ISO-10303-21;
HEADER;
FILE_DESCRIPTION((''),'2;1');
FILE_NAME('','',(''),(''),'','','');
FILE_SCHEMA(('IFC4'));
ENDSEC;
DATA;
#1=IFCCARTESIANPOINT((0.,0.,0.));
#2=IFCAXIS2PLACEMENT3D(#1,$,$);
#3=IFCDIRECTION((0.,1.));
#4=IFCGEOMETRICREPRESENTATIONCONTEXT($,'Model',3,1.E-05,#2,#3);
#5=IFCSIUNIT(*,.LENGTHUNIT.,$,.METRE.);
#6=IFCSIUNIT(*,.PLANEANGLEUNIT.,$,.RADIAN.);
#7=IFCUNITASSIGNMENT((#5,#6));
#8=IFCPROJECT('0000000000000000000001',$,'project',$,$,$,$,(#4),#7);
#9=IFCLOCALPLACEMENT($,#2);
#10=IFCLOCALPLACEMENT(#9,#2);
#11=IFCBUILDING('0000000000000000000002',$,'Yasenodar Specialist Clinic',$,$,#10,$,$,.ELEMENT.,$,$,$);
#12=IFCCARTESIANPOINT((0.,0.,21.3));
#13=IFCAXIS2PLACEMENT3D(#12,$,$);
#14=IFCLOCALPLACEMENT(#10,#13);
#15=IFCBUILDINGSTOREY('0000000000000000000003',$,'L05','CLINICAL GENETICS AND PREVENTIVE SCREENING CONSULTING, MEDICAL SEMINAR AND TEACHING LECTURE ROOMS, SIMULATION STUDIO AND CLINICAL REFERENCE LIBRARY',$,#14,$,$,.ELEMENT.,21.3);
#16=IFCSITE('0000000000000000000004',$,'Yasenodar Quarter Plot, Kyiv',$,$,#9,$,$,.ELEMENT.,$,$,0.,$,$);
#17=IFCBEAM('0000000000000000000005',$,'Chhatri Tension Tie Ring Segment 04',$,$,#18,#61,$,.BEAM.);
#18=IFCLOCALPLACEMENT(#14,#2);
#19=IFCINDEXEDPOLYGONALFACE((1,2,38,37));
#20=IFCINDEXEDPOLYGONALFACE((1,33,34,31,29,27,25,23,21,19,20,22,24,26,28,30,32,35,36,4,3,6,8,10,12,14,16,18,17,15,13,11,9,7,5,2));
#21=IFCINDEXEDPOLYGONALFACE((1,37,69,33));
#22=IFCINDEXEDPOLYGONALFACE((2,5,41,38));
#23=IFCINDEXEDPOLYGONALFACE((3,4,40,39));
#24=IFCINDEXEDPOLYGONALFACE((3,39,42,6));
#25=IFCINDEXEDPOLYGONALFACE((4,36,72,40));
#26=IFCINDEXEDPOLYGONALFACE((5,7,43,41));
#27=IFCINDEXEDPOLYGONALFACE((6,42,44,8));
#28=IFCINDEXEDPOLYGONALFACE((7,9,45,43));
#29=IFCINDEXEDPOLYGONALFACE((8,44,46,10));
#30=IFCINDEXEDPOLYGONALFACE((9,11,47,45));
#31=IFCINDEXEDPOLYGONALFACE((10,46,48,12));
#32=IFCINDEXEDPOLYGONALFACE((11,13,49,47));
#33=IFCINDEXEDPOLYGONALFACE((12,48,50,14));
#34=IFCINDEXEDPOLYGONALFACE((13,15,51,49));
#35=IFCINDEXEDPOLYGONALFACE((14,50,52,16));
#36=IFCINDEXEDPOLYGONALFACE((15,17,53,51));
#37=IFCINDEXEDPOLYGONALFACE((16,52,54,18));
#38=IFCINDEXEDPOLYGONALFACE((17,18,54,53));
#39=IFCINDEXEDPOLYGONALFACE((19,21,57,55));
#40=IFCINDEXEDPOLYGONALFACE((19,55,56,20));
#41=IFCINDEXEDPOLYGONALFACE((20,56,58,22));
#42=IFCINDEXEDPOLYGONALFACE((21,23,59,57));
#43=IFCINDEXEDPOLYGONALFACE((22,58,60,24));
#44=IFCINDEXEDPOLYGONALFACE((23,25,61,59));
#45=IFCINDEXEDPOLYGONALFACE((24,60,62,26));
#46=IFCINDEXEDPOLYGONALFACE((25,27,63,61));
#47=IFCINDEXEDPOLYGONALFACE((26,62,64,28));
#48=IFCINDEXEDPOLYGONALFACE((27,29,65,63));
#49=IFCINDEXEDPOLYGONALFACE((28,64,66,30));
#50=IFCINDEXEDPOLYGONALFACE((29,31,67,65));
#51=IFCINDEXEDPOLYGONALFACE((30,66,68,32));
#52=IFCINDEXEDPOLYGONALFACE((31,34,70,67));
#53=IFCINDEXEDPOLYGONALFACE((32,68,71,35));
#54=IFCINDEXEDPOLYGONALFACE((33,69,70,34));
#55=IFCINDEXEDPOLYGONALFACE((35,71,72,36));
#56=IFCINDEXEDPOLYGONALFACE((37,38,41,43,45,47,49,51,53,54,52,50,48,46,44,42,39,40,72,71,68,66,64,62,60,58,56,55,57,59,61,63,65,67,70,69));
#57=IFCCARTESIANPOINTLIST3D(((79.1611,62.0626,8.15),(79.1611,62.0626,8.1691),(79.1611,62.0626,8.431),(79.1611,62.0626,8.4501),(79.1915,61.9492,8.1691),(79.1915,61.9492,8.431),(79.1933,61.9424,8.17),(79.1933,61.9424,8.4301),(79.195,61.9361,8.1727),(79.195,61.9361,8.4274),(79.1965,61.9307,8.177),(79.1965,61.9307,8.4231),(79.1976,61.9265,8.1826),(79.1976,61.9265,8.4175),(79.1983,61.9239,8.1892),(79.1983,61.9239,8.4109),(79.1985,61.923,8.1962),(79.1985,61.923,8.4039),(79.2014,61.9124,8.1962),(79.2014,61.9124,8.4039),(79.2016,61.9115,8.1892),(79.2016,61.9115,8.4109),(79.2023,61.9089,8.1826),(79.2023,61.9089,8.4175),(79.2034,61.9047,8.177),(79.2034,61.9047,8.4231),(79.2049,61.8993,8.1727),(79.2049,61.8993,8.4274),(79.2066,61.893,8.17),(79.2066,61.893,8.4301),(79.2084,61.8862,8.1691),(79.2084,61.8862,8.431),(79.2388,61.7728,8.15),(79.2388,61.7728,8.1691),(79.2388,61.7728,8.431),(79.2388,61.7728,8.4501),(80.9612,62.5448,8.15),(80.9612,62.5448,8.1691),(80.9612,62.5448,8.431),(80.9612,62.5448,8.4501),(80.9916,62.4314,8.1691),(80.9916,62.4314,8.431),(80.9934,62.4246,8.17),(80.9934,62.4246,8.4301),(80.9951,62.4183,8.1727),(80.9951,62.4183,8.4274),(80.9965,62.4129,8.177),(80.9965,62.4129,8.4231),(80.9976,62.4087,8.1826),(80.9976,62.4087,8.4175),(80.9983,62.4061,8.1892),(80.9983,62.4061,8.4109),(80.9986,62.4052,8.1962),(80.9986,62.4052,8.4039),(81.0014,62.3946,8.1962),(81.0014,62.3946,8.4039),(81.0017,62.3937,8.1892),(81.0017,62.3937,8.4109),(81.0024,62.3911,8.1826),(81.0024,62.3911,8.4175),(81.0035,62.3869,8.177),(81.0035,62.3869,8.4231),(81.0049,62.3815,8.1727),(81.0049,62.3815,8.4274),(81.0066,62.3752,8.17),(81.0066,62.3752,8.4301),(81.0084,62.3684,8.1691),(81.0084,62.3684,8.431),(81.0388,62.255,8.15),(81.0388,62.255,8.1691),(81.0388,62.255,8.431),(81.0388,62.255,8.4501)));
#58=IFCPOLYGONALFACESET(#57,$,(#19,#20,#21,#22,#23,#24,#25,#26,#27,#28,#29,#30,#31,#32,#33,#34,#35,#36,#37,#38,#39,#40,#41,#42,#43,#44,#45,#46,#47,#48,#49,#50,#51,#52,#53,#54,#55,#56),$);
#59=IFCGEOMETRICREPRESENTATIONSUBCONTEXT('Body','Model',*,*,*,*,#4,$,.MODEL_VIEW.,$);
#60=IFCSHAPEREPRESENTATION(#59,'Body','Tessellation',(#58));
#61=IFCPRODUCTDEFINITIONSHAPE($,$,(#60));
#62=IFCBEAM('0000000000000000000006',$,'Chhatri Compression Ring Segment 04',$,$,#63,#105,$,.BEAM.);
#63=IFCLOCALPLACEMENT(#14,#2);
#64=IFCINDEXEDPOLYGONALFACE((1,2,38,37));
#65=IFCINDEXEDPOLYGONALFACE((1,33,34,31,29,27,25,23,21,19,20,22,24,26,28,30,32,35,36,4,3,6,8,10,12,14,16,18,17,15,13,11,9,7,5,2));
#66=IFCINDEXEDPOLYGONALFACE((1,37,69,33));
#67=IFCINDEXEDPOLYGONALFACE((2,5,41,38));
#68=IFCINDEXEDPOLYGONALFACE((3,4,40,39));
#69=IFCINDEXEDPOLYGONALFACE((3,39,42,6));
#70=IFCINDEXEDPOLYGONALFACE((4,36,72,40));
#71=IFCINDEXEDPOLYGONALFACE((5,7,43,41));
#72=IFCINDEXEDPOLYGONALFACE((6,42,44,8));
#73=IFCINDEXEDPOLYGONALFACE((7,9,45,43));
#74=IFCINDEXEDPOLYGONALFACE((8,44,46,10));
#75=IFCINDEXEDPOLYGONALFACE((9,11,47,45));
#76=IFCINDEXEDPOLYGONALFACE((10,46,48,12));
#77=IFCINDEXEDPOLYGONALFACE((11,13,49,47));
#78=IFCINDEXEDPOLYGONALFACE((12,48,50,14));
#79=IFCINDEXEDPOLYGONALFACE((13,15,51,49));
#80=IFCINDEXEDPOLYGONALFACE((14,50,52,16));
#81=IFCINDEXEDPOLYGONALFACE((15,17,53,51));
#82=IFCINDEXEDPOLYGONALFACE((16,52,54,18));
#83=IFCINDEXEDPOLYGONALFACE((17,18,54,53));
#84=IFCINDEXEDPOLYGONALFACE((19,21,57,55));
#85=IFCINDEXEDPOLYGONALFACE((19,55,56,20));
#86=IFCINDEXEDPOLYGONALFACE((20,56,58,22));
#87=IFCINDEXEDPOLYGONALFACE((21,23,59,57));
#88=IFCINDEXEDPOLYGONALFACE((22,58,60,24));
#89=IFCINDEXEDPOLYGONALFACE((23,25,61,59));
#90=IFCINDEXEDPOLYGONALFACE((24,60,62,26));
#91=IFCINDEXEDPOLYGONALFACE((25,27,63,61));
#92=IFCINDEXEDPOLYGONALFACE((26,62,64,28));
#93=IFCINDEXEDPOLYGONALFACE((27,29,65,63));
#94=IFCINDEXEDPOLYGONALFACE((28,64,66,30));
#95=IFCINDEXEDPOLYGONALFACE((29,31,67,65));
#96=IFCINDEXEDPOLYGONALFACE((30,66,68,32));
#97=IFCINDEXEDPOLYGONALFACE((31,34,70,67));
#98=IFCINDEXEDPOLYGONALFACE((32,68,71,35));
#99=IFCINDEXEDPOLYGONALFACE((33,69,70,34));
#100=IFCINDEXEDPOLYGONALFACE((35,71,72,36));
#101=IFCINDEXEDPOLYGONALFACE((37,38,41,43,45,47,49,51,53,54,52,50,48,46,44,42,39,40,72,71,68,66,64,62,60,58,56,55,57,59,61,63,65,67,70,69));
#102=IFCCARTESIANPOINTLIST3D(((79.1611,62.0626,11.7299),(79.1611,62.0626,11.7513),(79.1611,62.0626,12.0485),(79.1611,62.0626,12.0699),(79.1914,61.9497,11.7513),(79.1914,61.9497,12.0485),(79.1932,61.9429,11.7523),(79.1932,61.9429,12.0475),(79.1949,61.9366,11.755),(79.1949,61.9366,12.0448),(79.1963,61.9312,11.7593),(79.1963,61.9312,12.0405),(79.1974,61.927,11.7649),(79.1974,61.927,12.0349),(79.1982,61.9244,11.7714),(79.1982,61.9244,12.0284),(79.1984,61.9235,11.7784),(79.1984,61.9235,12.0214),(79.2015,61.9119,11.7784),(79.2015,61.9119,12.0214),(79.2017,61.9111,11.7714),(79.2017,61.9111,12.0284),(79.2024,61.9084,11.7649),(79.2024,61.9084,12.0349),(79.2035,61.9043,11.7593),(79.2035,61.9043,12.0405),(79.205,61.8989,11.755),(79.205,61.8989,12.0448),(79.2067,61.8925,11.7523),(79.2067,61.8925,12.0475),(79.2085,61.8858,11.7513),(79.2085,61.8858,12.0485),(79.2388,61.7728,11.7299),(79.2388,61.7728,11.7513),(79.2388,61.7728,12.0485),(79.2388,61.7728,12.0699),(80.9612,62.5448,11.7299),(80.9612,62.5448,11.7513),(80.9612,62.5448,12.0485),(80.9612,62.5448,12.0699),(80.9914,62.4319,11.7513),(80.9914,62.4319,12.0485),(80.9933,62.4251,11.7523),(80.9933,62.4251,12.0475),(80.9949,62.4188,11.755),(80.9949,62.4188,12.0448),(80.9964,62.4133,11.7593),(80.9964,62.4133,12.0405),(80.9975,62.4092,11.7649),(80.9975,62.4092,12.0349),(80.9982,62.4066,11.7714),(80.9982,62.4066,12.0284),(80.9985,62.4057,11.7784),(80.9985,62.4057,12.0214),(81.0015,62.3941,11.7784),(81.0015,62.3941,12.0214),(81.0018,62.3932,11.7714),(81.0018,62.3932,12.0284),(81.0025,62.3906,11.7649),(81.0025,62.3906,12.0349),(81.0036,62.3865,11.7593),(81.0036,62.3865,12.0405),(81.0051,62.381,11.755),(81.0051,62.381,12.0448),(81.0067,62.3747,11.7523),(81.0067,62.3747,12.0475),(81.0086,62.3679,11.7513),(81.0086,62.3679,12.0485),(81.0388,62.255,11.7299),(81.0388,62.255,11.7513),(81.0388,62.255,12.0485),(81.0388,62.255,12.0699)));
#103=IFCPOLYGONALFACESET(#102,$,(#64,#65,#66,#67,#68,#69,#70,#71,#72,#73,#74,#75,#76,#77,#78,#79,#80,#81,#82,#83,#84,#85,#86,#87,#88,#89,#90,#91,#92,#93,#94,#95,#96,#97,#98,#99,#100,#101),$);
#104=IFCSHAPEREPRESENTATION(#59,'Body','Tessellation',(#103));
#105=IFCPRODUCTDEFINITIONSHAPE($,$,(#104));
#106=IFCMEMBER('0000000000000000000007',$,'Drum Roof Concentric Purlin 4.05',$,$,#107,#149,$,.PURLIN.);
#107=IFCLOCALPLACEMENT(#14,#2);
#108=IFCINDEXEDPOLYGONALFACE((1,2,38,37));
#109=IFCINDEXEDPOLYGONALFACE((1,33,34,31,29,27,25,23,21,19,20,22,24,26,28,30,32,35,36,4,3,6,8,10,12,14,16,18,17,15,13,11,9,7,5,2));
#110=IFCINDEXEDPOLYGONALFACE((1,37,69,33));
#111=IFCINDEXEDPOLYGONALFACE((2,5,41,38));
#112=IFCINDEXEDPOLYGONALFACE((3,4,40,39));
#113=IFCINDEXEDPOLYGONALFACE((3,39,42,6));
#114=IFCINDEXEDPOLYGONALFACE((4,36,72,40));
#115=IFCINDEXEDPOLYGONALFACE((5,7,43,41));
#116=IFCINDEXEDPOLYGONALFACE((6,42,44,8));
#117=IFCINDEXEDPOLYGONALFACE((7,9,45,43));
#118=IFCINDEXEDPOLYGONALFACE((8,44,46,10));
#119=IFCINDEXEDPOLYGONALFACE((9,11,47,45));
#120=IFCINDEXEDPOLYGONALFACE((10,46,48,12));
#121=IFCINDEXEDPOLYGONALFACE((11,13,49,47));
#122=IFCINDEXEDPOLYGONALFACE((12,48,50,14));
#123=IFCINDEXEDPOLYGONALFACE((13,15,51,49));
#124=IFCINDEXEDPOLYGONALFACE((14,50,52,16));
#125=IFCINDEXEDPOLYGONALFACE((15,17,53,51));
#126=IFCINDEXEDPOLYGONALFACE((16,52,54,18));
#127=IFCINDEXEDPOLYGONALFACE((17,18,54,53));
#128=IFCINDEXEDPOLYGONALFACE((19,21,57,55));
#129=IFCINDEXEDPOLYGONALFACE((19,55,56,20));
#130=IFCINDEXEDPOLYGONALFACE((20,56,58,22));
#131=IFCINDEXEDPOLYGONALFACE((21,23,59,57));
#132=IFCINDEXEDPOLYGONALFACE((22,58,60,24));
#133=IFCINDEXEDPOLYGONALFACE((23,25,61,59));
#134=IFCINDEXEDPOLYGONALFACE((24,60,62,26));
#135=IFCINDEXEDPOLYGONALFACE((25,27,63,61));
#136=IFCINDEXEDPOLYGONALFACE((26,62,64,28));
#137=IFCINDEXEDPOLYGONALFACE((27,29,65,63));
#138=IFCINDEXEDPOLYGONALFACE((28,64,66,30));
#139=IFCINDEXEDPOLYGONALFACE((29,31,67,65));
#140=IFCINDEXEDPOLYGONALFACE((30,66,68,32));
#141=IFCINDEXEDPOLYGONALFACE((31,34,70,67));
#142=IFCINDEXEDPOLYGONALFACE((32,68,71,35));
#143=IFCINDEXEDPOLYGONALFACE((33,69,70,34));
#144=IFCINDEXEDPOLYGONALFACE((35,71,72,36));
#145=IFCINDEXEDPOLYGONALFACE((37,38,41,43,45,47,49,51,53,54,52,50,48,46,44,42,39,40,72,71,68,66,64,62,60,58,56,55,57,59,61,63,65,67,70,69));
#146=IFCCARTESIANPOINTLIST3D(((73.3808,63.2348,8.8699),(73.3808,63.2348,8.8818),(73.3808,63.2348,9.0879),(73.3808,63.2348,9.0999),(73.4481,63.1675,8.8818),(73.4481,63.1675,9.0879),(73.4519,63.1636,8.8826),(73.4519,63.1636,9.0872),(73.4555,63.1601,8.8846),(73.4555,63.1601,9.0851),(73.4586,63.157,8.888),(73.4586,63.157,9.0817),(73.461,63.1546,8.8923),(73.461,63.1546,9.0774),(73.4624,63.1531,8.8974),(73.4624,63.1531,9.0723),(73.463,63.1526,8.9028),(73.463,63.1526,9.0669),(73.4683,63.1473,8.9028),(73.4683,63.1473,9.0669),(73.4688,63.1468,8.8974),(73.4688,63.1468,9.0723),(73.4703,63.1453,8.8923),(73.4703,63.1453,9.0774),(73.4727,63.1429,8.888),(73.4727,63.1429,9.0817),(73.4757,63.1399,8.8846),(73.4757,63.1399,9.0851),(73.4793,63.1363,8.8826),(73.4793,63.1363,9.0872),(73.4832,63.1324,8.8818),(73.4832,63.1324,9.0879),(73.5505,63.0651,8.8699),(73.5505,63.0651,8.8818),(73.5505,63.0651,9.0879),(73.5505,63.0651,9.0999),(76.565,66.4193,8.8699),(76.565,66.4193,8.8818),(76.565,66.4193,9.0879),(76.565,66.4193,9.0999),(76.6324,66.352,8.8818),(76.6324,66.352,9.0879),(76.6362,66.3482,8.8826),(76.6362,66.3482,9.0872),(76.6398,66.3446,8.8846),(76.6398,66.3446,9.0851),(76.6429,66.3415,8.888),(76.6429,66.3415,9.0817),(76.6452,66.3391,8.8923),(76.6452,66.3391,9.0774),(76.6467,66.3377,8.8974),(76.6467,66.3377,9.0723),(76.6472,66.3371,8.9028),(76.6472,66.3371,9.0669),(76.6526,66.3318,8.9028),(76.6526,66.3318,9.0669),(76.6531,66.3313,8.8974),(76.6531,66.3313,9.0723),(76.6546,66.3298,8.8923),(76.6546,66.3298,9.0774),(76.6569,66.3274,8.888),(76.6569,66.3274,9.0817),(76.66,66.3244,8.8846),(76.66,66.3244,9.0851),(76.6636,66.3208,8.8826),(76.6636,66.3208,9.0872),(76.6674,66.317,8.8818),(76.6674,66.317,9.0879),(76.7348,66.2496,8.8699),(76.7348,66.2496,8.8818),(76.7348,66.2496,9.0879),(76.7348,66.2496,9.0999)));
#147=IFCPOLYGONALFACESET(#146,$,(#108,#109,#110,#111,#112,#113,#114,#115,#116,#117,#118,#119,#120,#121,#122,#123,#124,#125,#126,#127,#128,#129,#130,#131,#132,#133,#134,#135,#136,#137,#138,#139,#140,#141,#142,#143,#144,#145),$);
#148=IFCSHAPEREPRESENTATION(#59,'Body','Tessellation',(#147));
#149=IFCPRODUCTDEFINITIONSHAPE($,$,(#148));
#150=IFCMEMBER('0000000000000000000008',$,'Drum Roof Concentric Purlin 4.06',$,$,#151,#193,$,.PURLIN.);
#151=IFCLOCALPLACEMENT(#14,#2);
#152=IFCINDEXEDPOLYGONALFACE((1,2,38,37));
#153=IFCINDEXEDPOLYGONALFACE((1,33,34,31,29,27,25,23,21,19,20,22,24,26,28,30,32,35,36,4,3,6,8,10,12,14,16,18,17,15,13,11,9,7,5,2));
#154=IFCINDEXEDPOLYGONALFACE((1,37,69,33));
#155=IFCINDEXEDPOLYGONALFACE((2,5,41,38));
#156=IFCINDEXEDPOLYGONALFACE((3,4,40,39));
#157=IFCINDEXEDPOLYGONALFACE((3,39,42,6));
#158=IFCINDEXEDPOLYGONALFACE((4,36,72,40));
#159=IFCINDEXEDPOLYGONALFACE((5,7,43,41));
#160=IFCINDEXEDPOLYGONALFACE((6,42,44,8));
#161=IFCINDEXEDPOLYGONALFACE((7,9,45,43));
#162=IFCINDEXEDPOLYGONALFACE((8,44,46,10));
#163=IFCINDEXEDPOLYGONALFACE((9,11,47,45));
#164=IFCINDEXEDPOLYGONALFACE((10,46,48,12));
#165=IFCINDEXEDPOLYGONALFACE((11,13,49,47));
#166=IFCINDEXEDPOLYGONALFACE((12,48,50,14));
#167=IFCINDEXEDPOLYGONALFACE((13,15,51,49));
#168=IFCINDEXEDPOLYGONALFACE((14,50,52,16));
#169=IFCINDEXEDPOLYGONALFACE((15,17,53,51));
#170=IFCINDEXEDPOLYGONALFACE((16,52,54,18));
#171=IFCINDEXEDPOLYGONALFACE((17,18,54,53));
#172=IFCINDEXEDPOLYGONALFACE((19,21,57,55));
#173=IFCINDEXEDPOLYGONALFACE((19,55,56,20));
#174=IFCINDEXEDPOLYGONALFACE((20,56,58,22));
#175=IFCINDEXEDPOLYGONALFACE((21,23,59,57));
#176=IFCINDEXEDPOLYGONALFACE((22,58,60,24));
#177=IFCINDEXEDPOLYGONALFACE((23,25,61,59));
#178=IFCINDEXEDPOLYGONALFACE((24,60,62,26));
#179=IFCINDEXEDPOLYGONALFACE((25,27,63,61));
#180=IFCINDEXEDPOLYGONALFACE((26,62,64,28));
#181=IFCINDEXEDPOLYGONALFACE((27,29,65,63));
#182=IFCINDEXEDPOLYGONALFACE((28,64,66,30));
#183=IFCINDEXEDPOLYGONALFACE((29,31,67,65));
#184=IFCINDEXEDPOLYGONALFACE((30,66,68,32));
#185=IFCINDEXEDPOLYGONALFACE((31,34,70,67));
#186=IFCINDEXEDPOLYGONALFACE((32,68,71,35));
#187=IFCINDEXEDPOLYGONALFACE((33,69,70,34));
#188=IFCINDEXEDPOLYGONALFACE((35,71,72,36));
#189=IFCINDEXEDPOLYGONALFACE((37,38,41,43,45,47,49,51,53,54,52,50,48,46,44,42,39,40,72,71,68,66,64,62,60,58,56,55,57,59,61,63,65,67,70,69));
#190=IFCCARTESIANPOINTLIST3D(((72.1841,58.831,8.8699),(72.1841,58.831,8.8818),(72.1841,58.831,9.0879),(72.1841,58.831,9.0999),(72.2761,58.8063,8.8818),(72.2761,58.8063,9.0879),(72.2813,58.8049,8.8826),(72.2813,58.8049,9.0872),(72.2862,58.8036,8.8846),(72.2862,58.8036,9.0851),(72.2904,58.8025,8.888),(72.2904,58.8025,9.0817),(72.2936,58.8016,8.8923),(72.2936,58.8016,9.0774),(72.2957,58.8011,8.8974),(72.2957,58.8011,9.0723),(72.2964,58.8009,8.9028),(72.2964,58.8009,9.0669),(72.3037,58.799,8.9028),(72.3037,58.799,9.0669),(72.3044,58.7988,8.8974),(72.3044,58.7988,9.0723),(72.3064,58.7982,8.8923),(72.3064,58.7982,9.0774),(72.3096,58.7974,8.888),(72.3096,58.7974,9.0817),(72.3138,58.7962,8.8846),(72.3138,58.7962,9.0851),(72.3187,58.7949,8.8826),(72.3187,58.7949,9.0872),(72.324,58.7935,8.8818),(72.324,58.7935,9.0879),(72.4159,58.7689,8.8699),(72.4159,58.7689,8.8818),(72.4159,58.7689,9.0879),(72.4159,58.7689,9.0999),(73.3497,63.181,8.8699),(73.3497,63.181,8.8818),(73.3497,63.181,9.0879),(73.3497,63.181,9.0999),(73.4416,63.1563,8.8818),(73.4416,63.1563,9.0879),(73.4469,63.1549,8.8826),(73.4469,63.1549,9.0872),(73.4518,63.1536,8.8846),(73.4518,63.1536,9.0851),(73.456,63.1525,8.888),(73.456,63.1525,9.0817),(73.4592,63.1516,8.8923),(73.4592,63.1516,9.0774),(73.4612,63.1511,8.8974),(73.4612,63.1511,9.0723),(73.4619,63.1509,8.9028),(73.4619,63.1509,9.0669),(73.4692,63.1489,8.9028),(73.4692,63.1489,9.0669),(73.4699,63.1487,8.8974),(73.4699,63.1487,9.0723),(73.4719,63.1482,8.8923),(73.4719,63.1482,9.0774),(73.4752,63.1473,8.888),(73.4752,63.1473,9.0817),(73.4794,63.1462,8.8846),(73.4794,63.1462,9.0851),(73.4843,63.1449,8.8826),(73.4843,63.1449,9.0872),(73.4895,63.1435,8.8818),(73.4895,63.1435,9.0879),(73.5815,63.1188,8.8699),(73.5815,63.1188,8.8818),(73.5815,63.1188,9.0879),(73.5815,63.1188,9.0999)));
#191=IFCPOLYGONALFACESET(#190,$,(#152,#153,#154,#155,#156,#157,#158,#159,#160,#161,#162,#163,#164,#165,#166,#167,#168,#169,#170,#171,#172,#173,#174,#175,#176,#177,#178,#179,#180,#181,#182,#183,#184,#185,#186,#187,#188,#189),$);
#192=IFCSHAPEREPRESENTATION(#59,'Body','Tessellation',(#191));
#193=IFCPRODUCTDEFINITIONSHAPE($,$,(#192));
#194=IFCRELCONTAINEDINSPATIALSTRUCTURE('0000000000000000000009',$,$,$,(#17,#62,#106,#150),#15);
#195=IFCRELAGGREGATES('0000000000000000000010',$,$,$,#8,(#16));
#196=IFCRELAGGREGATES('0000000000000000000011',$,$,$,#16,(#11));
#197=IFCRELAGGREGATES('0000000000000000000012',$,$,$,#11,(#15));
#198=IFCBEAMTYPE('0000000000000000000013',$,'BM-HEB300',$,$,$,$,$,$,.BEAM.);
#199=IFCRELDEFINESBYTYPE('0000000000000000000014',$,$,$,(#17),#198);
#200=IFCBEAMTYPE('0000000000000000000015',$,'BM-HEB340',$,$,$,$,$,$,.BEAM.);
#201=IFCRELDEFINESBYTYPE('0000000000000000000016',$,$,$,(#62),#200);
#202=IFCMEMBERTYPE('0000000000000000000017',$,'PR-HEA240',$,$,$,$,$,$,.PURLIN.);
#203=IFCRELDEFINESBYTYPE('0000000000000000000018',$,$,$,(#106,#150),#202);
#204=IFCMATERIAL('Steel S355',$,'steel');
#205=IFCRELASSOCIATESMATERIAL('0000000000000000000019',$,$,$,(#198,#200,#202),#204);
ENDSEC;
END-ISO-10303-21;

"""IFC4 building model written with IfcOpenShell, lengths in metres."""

from ifc_helpers import new_model, si_unit, direction, frame, origin, origin_2d, place, context, subcontext, project, spatial, i_section, extrude, material, material_profile, profile_set, type_object, element, save


model = new_model("IFC4")

# Units and contexts
model_context = context("Model", 3, precision=1e-05, world=origin(), true_north=direction((0.0, 1.0)))
body_context = subcontext(model_context, "Body", "Model", "MODEL_VIEW")
ifc_project = project(units=[si_unit("LENGTHUNIT", "METRE"), si_unit("PLANEANGLEUNIT", "RADIAN")], contexts=[model_context])

# Site, building, storey
site_placement = place(None, origin())
site = spatial("IfcSite", under=ifc_project, at=site_placement, Name="Yasenodar Quarter Plot, Kyiv", CompositionType="ELEMENT", RefElevation=0.0)
building_placement = place(site_placement, origin())
building = spatial("IfcBuilding", under=site, at=building_placement, Name="Yasenodar Specialist Clinic", CompositionType="ELEMENT")
storey_placement = place(building_placement, frame((0.0, 0.0, 21.3)))
storey = spatial("IfcBuildingStorey", under=building, at=storey_placement, Name="L05", Description="CLINICAL GENETICS AND PREVENTIVE SCREENING CONSULTING, MEDICAL SEMINAR AND TEACHING LECTURE ROOMS, SIMULATION STUDIO AND CLINICAL REFERENCE LIBRARY", CompositionType="ELEMENT", Elevation=21.3)

# Beams
ifc_material = material(Name="Steel S355", Category="steel")
ifc_material_profile_1 = material_profile(ifc_material, i_section(OverallWidth=0.3, OverallDepth=0.3, WebThickness=0.011, FlangeThickness=0.019, FilletRadius=0.0271, at=origin_2d()), Name="HEB 300")
ifc_profile_set_1 = profile_set([ifc_material_profile_1], Name="Steel S355")
beam_type_1 = type_object("IfcBeamType", Name="BM-HEB300", PredefinedType="BEAM", material=ifc_profile_set_1)
beam_1_placement = place(storey_placement, frame((81.0, 62.3999, 8.3), z_axis=(-0.965945, -0.258747, 0.0), x_axis=(0.258747, -0.965945, 0.0)))
element("IfcBeam", 1, at=beam_1_placement, inside=storey, type_object=beam_type_1, Name="Chhatri Tension Tie Ring Segment 04", PredefinedType="BEAM", context=body_context, shape_type="SweptSolid", body=[
    extrude(i_section(OverallWidth=0.3, OverallDepth=0.3, WebThickness=0.011, FlangeThickness=0.019, FilletRadius=0.0271, at=origin_2d()), origin(), (0.0, 0.0, 1.0), 1.8635),
])
ifc_material_profile_2 = material_profile(ifc_material, i_section(OverallWidth=0.3, OverallDepth=0.3401, WebThickness=0.012, FlangeThickness=0.0215, FilletRadius=0.0271, at=origin_2d()), Name="HEB 340")
ifc_profile_set_2 = profile_set([ifc_material_profile_2], Name="Steel S355")
beam_type_2 = type_object("IfcBeamType", Name="BM-HEB340", PredefinedType="BEAM", material=ifc_profile_set_2)
beam_2_placement = place(storey_placement, frame((81.0, 62.3999, 11.8999), z_axis=(-0.965945, -0.258747, 0.0), x_axis=(0.258747, -0.965945, 0.0)))
element("IfcBeam", 2, at=beam_2_placement, inside=storey, type_object=beam_type_2, Name="Chhatri Compression Ring Segment 04", PredefinedType="BEAM", context=body_context, shape_type="SweptSolid", body=[
    extrude(i_section(OverallWidth=0.3, OverallDepth=0.3401, WebThickness=0.012, FlangeThickness=0.0215, FilletRadius=0.0271, at=origin_2d()), origin(), (0.0, 0.0, 1.0), 1.8635),
])

# Members
ifc_material_profile_3 = material_profile(ifc_material, i_section(OverallWidth=0.24, OverallDepth=0.23, WebThickness=0.0076, FlangeThickness=0.012, FilletRadius=0.021, at=origin_2d()), Name="HEA 240")
ifc_profile_set_3 = profile_set([ifc_material_profile_3], Name="Steel S355")
member_type_1 = type_object("IfcMemberType", Name="PR-HEA240", PredefinedType="PURLIN", material=ifc_profile_set_3)
for number, where, z_axis, x_axis, name in (
    (3, (76.6499, 66.3345, 8.9849), (-0.70708, -0.707134, 0.0), (0.707134, -0.70708, 0.0), "Drum Roof Concentric Purlin 4.05"),
    (4, (73.4656, 63.1499, 8.9849), (-0.258816, -0.965927, 0.0), (0.965927, -0.258816, 0.0), "Drum Roof Concentric Purlin 4.06"),
):
    element("IfcMember", number, at=place(storey_placement, frame(where, z_axis=z_axis, x_axis=x_axis)), inside=storey, type_object=member_type_1, Name=name, PredefinedType="PURLIN", context=body_context, shape_type="SweptSolid", body=[
        extrude(i_section(OverallWidth=0.24, OverallDepth=0.23, WebThickness=0.0076, FlangeThickness=0.012, FilletRadius=0.021, at=origin_2d()), origin(), (0.0, 0.0, 1.0), 4.5034),
    ])

save(model, "model.ifc")
